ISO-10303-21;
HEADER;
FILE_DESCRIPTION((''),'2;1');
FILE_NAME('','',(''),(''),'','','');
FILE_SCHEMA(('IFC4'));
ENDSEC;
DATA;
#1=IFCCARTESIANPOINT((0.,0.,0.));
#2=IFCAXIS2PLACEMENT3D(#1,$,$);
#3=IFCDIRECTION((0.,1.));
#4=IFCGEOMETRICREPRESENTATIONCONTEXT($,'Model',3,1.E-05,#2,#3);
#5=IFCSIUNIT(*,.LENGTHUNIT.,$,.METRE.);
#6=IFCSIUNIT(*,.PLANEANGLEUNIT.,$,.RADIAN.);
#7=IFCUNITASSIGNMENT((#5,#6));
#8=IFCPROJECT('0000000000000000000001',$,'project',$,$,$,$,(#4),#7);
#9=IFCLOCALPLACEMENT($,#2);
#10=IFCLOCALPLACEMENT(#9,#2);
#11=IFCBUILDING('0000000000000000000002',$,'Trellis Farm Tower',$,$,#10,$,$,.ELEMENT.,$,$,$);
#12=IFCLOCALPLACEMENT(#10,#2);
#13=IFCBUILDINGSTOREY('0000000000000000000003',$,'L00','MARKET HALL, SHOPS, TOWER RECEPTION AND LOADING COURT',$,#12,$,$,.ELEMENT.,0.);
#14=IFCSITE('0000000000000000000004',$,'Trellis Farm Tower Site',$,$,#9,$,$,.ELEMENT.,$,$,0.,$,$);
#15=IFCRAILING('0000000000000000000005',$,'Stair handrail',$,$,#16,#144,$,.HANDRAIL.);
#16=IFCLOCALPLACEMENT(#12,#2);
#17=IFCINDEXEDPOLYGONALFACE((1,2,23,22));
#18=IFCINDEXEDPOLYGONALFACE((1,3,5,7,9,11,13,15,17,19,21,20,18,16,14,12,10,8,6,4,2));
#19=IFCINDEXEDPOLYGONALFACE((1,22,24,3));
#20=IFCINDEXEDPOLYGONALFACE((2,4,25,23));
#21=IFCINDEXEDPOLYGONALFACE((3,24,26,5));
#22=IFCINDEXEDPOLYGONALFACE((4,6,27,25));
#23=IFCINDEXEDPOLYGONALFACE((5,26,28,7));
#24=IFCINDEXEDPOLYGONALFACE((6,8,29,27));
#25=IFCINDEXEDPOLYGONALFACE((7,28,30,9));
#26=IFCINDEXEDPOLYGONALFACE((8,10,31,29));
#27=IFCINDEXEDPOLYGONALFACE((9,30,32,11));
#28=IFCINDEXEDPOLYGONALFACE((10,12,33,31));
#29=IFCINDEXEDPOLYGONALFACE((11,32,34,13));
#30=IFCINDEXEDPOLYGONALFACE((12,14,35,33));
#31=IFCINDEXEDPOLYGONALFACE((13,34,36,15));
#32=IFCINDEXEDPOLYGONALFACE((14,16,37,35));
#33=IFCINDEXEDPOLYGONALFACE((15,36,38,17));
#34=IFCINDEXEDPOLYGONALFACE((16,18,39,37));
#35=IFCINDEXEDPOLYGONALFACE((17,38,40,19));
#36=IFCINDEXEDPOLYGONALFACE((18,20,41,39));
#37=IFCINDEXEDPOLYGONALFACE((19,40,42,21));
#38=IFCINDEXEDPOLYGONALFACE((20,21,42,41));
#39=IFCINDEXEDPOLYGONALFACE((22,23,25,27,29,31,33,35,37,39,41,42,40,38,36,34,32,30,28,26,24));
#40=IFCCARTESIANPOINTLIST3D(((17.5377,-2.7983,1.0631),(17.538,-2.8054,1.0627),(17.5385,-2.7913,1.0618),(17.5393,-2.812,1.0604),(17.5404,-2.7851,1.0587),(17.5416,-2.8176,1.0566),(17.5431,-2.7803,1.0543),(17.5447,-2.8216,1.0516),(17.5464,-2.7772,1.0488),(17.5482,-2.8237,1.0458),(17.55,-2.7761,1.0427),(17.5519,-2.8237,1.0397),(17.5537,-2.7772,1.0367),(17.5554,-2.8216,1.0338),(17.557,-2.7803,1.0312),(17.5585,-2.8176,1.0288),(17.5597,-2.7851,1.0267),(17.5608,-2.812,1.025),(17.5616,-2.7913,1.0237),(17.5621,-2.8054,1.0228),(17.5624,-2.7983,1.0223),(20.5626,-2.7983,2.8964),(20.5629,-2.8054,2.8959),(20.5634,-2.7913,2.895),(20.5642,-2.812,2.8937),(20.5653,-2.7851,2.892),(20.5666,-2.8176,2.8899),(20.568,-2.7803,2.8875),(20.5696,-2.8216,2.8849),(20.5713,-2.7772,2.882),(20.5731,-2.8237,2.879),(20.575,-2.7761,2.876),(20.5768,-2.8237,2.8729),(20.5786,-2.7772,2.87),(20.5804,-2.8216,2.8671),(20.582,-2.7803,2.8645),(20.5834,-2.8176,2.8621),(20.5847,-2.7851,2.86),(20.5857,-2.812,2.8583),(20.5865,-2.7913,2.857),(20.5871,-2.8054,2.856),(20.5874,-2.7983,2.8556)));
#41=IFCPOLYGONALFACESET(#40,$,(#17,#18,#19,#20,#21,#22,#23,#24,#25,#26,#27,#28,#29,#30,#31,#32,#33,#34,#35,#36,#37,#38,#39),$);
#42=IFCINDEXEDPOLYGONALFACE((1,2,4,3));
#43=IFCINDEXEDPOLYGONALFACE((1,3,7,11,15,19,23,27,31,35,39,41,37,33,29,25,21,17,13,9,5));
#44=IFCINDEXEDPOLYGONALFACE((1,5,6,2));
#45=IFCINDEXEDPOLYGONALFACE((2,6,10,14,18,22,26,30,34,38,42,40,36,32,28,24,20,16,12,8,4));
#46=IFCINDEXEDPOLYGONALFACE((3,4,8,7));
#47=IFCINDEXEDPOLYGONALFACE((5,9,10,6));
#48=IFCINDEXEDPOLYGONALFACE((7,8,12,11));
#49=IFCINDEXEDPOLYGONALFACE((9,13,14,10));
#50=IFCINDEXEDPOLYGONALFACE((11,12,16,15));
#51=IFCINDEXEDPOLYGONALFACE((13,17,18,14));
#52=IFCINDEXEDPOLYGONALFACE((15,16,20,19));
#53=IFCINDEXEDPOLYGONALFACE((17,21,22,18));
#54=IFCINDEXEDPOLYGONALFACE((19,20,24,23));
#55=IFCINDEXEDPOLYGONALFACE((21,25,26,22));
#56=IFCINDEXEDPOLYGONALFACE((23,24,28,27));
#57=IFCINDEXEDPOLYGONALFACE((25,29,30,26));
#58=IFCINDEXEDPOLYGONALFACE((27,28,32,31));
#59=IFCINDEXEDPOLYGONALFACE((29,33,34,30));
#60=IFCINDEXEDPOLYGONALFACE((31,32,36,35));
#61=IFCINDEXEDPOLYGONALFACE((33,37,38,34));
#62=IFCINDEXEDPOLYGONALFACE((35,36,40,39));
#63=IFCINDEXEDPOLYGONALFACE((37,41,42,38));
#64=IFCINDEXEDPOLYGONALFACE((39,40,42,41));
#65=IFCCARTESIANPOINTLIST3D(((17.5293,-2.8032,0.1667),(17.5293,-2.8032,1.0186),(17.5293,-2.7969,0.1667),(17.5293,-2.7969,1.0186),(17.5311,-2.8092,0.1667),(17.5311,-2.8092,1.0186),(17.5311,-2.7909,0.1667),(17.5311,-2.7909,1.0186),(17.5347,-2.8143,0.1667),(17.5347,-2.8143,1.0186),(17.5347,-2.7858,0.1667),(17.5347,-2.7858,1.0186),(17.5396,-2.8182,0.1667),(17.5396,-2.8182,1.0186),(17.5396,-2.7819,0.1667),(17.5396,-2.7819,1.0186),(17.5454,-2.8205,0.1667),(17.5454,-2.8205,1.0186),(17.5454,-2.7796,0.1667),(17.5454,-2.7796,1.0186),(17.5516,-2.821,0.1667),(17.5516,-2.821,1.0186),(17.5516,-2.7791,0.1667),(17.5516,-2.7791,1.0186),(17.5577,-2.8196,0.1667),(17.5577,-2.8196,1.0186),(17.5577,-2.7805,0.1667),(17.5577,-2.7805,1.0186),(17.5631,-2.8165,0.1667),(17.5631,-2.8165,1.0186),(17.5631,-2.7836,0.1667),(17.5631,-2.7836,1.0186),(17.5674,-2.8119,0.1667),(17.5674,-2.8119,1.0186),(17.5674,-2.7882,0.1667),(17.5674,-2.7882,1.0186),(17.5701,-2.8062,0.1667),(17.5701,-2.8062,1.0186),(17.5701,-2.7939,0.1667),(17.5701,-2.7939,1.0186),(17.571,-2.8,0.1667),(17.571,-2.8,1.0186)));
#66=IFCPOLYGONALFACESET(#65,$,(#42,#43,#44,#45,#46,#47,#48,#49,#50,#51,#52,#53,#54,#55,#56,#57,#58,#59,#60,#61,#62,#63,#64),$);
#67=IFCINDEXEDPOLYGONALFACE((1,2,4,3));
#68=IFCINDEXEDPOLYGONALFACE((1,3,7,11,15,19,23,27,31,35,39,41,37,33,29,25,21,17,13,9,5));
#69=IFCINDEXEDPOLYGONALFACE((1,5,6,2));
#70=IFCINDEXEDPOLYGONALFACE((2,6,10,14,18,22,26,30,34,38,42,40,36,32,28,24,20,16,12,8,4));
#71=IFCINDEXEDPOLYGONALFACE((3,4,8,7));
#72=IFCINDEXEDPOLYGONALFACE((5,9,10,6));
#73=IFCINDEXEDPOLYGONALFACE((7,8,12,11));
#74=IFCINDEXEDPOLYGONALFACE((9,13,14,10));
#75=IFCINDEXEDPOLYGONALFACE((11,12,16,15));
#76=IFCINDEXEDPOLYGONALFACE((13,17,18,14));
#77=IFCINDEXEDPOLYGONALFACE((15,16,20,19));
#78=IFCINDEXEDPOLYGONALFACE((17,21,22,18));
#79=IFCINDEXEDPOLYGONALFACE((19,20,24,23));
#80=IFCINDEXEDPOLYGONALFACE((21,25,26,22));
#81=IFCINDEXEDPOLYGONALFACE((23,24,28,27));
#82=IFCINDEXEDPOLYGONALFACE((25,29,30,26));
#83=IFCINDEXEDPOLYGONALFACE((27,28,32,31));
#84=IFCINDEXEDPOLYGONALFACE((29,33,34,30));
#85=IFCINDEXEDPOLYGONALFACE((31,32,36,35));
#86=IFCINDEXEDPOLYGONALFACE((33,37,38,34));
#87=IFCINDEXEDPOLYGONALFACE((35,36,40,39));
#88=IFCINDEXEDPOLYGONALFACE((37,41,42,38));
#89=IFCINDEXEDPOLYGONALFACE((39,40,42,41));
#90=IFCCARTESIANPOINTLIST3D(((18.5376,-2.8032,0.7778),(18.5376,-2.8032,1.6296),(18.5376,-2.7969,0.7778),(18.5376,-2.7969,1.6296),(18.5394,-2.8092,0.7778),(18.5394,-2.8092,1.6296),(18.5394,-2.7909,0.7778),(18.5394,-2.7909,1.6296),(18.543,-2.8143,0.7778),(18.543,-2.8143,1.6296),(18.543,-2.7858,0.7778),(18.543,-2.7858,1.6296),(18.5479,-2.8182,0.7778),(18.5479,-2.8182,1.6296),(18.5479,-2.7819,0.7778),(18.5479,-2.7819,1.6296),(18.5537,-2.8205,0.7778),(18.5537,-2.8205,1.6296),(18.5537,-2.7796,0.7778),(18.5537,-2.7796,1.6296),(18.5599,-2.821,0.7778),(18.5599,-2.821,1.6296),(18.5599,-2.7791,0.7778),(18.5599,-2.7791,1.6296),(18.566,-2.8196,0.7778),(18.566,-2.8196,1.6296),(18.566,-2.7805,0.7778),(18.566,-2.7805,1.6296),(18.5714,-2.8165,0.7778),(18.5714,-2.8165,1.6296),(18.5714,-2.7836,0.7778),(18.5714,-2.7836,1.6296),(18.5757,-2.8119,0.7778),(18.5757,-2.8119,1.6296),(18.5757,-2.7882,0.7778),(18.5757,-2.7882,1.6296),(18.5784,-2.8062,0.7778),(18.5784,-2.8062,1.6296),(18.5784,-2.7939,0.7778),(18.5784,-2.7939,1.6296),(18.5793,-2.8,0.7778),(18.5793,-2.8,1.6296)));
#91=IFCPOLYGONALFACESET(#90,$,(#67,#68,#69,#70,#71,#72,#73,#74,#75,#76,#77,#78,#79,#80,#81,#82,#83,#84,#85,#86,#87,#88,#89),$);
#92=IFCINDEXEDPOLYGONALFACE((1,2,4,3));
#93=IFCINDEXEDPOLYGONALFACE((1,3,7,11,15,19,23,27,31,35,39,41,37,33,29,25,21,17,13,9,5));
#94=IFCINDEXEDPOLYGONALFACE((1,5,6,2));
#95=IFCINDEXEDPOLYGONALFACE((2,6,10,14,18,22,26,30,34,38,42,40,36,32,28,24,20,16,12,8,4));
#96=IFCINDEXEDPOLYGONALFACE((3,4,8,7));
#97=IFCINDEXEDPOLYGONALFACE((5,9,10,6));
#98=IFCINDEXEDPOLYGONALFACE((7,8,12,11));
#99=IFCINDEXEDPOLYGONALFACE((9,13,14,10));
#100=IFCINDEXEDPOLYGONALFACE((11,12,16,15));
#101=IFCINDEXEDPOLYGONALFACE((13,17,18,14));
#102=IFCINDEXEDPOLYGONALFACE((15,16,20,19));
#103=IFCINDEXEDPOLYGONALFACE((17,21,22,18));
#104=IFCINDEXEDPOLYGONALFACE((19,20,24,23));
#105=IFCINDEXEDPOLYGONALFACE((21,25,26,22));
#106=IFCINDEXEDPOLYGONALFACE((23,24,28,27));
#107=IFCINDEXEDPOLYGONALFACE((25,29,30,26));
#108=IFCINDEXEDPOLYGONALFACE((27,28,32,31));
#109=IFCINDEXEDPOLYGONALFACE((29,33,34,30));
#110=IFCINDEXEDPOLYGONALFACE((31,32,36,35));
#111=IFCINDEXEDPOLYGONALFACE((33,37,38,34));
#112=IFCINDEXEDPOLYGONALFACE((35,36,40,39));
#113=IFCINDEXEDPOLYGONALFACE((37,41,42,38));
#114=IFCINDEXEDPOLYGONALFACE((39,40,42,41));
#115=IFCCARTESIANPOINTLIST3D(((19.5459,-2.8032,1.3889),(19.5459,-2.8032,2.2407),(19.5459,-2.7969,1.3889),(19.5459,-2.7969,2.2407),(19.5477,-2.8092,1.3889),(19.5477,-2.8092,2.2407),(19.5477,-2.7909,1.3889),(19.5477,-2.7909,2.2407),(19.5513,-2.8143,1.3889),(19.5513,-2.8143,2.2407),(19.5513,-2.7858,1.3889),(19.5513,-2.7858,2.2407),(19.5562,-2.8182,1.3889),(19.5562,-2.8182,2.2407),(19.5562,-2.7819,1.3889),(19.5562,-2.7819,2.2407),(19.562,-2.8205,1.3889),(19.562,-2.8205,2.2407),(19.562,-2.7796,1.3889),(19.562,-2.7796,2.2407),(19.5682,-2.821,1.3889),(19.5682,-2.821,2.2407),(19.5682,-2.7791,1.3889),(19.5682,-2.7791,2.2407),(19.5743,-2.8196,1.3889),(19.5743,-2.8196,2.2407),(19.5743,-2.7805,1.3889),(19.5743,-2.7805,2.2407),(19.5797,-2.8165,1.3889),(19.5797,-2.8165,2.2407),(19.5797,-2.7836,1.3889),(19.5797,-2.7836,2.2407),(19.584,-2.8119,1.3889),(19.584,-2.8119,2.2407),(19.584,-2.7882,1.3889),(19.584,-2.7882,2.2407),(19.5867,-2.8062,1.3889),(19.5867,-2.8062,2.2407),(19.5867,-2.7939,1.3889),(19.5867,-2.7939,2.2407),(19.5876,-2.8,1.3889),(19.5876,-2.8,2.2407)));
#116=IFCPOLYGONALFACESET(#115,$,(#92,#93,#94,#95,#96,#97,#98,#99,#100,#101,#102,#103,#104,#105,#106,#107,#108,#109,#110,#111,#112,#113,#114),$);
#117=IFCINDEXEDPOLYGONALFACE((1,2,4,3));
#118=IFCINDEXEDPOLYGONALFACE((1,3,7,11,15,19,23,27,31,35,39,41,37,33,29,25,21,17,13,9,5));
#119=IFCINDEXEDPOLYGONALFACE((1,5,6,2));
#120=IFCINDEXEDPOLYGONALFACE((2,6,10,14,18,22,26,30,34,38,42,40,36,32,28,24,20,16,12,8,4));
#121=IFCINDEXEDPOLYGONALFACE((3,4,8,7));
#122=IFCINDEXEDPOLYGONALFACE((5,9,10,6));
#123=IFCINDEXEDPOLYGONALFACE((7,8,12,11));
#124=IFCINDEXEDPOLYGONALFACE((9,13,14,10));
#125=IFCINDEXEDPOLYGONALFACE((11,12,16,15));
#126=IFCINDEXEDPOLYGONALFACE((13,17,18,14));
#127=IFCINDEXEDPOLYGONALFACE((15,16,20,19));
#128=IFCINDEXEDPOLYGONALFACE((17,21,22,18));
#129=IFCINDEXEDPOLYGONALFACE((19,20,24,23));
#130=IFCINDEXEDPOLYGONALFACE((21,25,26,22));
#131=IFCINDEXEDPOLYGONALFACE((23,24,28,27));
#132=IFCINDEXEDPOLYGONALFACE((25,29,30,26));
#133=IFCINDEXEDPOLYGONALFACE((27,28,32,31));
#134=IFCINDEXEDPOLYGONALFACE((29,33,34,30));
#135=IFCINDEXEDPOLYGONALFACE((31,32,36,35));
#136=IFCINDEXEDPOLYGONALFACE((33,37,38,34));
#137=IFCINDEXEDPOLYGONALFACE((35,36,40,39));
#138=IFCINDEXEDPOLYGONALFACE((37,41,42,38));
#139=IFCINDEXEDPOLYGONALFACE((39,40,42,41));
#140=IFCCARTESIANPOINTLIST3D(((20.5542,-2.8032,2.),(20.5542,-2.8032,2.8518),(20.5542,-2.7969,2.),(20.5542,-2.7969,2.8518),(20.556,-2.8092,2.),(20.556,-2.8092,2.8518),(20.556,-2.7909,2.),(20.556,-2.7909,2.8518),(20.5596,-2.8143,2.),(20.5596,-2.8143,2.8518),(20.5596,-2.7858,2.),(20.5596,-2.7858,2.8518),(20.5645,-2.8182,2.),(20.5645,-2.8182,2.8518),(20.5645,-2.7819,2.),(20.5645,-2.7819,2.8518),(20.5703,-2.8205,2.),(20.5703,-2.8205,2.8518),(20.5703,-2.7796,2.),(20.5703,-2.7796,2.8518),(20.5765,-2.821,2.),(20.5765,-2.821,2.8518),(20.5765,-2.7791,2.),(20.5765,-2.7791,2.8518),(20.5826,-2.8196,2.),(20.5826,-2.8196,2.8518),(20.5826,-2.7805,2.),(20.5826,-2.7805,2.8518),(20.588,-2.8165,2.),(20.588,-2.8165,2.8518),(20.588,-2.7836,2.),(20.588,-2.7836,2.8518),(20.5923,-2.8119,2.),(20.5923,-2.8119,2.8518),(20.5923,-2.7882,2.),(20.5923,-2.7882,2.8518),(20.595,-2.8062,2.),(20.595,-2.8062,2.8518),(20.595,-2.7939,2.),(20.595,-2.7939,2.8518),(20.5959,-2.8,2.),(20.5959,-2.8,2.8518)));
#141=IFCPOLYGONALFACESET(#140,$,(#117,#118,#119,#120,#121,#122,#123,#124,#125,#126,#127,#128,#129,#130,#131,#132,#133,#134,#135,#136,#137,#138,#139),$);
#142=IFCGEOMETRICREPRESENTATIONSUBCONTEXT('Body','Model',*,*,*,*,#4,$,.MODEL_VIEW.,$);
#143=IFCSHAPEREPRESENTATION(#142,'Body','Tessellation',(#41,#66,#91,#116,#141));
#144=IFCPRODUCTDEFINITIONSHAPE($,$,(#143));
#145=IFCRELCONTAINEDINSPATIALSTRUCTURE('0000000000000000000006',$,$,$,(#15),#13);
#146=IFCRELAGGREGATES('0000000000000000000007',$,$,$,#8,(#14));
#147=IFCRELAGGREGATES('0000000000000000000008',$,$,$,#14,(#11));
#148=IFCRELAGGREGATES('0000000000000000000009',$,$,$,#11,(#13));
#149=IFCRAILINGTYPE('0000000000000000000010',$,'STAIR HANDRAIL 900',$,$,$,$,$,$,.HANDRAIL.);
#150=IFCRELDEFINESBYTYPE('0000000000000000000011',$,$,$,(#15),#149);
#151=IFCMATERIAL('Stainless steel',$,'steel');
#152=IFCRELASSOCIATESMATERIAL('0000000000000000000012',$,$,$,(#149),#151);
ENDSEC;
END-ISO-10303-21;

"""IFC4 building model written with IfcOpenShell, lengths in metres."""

from ifc_helpers import new_model, si_unit, direction, frame, origin, origin_2d, place, context, subcontext, project, spatial, circle, extrude, source, transform, mapped, material, type_object, element, save


model = new_model("IFC4")

# Units and contexts
model_context = context("Model", 3, precision=1e-05, world=origin(), true_north=direction((0.0, 1.0)))
body_context = subcontext(model_context, "Body", "Model", "MODEL_VIEW")
ifc_project = project(units=[si_unit("LENGTHUNIT", "METRE"), si_unit("PLANEANGLEUNIT", "RADIAN")], contexts=[model_context])

# Site, building, storey
site_placement = place(None, origin())
site = spatial("IfcSite", under=ifc_project, at=site_placement, Name="Trellis Farm Tower Site", CompositionType="ELEMENT", RefElevation=0.0)
building_placement = place(site_placement, origin())
building = spatial("IfcBuilding", under=site, at=building_placement, Name="Trellis Farm Tower", CompositionType="ELEMENT")
storey_placement = place(building_placement, origin())
storey = spatial("IfcBuildingStorey", under=building, at=storey_placement, Name="L00", Description="MARKET HALL, SHOPS, TOWER RECEPTION AND LOADING COURT", CompositionType="ELEMENT", Elevation=0.0)

# Railing
ifc_material_1 = material(Name="Stainless steel", Category="steel")
railing_type = type_object("IfcRailingType", Name="STAIR HANDRAIL 900", PredefinedType="HANDRAIL", material=ifc_material_1)
shared_shape_1 = source(origin(), body_context, "Body", "SweptSolid", [
    extrude(circle(Radius=0.0239, at=origin_2d()), frame((0.0, 0.0, 0.876), z_axis=(0.855201, 0.0, 0.518297), x_axis=(0.0, 1.0, 0.0)), (0.0, 0.0, 1.0), 3.5371),
    extrude(circle(Radius=0.021, at=origin_2d()), origin(), (0.0, 0.0, 1.0), 0.8518),
    extrude(circle(Radius=0.021, at=origin_2d()), frame((1.0083, 0.0, 0.6111)), (0.0, 0.0, 1.0), 0.8518),
    extrude(circle(Radius=0.021, at=origin_2d()), frame((2.0166, 0.0, 1.2222)), (0.0, 0.0, 1.0), 0.8518),
    extrude(circle(Radius=0.021, at=origin_2d()), frame((3.0249, 0.0, 1.8333)), (0.0, 0.0, 1.0), 0.8518),
])
for number, where, name in (
    (1, (17.55, -2.8, 0.1667), "Stair handrail"),
):
    element("IfcRailing", number, at=place(storey_placement, frame(where)), inside=storey, type_object=railing_type, Name=name, PredefinedType="HANDRAIL", context=body_context, shape_type="MappedRepresentation", body=[
        mapped(shared_shape_1, transform((0.0, 0.0, 0.0))),
    ])

save(model, "model.ifc")
